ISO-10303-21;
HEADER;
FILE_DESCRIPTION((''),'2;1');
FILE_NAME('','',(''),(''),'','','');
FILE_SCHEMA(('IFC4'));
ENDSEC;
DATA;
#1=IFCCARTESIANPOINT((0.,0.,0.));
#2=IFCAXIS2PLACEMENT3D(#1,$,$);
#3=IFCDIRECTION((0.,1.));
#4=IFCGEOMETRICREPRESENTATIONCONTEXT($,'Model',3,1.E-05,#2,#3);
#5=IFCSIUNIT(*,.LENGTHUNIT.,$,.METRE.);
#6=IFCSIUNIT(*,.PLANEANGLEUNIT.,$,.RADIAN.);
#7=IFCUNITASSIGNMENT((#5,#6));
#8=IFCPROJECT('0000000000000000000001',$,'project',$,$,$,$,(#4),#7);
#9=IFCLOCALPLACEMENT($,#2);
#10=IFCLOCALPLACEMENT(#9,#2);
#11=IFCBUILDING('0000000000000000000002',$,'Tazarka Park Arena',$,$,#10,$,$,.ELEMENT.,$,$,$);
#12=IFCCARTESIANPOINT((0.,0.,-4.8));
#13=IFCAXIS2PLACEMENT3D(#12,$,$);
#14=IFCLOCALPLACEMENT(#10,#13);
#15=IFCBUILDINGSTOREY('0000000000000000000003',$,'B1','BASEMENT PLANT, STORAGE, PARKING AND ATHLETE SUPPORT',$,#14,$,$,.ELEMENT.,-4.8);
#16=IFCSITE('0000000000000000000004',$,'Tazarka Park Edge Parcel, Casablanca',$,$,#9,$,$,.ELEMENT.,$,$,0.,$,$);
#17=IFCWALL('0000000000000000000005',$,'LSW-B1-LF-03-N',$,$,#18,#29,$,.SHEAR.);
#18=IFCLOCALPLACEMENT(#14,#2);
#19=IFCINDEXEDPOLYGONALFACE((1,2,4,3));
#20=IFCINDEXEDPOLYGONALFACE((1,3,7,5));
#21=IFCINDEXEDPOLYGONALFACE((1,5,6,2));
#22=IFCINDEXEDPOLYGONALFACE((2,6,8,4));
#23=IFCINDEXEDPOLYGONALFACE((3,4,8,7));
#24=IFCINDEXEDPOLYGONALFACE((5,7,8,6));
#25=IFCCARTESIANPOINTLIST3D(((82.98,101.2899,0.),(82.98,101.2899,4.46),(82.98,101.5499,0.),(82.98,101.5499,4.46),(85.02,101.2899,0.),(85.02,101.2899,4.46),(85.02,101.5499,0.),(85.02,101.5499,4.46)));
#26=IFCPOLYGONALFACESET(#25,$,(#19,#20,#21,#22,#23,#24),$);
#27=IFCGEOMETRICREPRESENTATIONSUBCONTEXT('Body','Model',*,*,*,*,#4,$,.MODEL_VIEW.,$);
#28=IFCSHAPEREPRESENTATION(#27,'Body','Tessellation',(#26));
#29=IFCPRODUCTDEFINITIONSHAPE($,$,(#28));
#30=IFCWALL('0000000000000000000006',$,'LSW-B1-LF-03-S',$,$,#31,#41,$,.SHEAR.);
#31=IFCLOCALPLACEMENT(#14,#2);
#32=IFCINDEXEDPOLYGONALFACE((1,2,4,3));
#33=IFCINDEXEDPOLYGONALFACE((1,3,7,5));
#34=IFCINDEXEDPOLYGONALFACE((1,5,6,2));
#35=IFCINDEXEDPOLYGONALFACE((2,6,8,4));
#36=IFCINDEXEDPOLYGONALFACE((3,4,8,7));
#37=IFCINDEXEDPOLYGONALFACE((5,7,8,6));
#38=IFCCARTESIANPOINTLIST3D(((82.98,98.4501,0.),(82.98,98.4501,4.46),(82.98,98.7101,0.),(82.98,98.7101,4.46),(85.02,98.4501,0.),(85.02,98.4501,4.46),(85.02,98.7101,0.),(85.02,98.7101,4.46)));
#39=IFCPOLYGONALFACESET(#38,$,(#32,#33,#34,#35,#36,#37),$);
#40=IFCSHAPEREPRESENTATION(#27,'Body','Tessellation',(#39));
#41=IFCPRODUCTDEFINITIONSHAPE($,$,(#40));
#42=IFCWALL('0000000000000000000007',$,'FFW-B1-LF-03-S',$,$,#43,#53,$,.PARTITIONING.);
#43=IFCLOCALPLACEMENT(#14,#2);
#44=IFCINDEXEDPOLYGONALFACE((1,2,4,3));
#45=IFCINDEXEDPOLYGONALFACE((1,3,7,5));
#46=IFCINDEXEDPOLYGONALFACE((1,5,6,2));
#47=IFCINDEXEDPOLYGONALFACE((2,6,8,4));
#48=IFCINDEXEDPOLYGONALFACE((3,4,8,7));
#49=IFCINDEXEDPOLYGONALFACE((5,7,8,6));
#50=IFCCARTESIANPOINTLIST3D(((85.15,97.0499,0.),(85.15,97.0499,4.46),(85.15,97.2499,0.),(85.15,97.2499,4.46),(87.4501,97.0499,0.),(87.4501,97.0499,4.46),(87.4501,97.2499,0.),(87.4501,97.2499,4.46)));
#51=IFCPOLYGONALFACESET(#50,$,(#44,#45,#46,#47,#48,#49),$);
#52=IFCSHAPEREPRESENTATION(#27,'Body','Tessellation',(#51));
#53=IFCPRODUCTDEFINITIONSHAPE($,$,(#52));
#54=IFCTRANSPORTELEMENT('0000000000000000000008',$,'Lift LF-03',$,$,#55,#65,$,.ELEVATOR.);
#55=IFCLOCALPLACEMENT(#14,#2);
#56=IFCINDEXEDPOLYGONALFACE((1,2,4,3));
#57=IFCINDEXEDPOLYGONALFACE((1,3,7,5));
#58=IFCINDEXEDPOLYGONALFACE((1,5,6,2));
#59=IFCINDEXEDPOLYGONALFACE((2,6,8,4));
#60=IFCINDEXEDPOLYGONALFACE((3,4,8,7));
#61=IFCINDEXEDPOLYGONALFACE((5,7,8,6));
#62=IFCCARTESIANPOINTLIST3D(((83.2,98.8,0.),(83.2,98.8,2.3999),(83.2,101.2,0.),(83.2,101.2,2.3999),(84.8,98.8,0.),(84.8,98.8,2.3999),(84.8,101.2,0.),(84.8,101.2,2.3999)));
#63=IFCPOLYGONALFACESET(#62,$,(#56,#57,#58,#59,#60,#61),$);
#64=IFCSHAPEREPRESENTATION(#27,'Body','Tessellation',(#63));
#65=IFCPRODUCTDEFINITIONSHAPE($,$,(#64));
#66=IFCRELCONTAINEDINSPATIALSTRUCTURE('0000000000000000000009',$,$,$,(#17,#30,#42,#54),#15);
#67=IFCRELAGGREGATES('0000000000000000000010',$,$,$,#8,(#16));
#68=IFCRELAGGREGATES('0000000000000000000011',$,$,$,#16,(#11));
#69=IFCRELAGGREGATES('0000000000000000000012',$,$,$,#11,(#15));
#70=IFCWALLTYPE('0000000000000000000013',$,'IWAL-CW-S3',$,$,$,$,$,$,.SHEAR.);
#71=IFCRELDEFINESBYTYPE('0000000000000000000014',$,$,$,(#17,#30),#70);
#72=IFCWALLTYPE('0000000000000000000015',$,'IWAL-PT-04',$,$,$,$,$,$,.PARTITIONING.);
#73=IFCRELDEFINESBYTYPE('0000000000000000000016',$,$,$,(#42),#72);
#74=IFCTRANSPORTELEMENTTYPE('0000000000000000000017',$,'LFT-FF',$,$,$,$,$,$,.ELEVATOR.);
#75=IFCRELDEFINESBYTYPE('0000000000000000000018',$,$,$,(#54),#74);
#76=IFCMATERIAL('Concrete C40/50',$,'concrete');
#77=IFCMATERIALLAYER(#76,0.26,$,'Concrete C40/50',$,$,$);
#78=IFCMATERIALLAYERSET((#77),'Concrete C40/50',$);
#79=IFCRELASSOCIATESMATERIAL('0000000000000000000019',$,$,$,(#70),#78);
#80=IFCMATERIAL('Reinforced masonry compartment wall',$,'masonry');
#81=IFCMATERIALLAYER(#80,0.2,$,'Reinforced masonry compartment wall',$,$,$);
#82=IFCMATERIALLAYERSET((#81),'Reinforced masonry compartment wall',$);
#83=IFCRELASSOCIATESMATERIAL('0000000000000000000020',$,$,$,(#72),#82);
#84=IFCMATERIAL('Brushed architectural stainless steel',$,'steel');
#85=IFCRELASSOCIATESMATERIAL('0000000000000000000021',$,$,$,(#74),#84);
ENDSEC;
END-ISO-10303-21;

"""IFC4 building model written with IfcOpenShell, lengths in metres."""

from ifc_helpers import new_model, si_unit, direction, frame, frame_2d, origin, origin_2d, place, context, subcontext, project, spatial, rectangle, extrude, material, layer, layer_set, type_object, element, save


model = new_model("IFC4")

# Units and contexts
model_context = context("Model", 3, precision=1e-05, world=origin(), true_north=direction((0.0, 1.0)))
body_context = subcontext(model_context, "Body", "Model", "MODEL_VIEW")
ifc_project = project(units=[si_unit("LENGTHUNIT", "METRE"), si_unit("PLANEANGLEUNIT", "RADIAN")], contexts=[model_context])

# Site, building, storey
site_placement = place(None, origin())
site = spatial("IfcSite", under=ifc_project, at=site_placement, Name="Tazarka Park Edge Parcel, Casablanca", CompositionType="ELEMENT", RefElevation=0.0)
building_placement = place(site_placement, origin())
building = spatial("IfcBuilding", under=site, at=building_placement, Name="Tazarka Park Arena", CompositionType="ELEMENT")
storey_placement = place(building_placement, frame((0.0, 0.0, -4.8)))
storey = spatial("IfcBuildingStorey", under=building, at=storey_placement, Name="B1", Description="BASEMENT PLANT, STORAGE, PARKING AND ATHLETE SUPPORT", CompositionType="ELEMENT", Elevation=-4.8)

# Walls
ifc_material_1 = material(Name="Concrete C40/50", Category="concrete")
ifc_layer_1 = layer(ifc_material_1, 0.26, Name="Concrete C40/50")
ifc_layer_set_1 = layer_set([ifc_layer_1], Name="Concrete C40/50")
wall_type_1 = type_object("IfcWallType", Name="IWAL-CW-S3", PredefinedType="SHEAR", material=ifc_layer_set_1)
for number, where, z_axis, x_axis, name in (
    (1, (82.98, 101.4199, 0.0), (0.0, 0.0, 1.0), (1.0, 0.0, 0.0), "LSW-B1-LF-03-N"),
    (2, (85.02, 98.5801, 0.0), (0.0, 0.0, 1.0), (-1.0, 0.0, 0.0), "LSW-B1-LF-03-S"),
):
    element("IfcWall", number, at=place(storey_placement, frame(where, z_axis=z_axis, x_axis=x_axis)), inside=storey, type_object=wall_type_1, Name=name, PredefinedType="SHEAR", context=body_context, shape_type="SweptSolid", body=[
        extrude(rectangle(XDim=2.04, YDim=0.26, at=frame_2d((1.02, 0.0))), origin(), (0.0, 0.0, 1.0), 4.46),
    ])

# Wall
ifc_material_2 = material(Name="Reinforced masonry compartment wall", Category="masonry")
ifc_layer_2 = layer(ifc_material_2, 0.2, Name="Reinforced masonry compartment wall")
ifc_layer_set_2 = layer_set([ifc_layer_2], Name="Reinforced masonry compartment wall")
wall_type_2 = type_object("IfcWallType", Name="IWAL-PT-04", PredefinedType="PARTITIONING", material=ifc_layer_set_2)
wall_1_placement = place(storey_placement, frame((87.45, 97.1499, 0.0), z_axis=(0.0, 0.0, 1.0), x_axis=(-1.0, 0.0, 0.0)))
element("IfcWall", 3, at=wall_1_placement, inside=storey, type_object=wall_type_2, Name="FFW-B1-LF-03-S", PredefinedType="PARTITIONING", context=body_context, shape_type="SweptSolid", body=[
    extrude(rectangle(XDim=2.3, YDim=0.2, at=frame_2d((1.1499, 0.0))), origin(), (0.0, 0.0, 1.0), 4.46),
])

# Transport element
ifc_material_3 = material(Name="Brushed architectural stainless steel", Category="steel")
transport_element_type = type_object("IfcTransportElementType", Name="LFT-FF", PredefinedType="ELEVATOR", material=ifc_material_3)
transport_element_placement = place(storey_placement, frame((84.0, 100.0, 0.0), z_axis=(0.0, 0.0, 1.0), x_axis=(1.0, 0.0, 0.0)))
element("IfcTransportElement", 4, at=transport_element_placement, inside=storey, type_object=transport_element_type, Name="Lift LF-03", PredefinedType="ELEVATOR", context=body_context, shape_type="SweptSolid", body=[
    extrude(rectangle(XDim=1.6001, YDim=2.3999, at=origin_2d()), origin(), (0.0, 0.0, 1.0), 2.3999),
])

save(model, "model.ifc")
